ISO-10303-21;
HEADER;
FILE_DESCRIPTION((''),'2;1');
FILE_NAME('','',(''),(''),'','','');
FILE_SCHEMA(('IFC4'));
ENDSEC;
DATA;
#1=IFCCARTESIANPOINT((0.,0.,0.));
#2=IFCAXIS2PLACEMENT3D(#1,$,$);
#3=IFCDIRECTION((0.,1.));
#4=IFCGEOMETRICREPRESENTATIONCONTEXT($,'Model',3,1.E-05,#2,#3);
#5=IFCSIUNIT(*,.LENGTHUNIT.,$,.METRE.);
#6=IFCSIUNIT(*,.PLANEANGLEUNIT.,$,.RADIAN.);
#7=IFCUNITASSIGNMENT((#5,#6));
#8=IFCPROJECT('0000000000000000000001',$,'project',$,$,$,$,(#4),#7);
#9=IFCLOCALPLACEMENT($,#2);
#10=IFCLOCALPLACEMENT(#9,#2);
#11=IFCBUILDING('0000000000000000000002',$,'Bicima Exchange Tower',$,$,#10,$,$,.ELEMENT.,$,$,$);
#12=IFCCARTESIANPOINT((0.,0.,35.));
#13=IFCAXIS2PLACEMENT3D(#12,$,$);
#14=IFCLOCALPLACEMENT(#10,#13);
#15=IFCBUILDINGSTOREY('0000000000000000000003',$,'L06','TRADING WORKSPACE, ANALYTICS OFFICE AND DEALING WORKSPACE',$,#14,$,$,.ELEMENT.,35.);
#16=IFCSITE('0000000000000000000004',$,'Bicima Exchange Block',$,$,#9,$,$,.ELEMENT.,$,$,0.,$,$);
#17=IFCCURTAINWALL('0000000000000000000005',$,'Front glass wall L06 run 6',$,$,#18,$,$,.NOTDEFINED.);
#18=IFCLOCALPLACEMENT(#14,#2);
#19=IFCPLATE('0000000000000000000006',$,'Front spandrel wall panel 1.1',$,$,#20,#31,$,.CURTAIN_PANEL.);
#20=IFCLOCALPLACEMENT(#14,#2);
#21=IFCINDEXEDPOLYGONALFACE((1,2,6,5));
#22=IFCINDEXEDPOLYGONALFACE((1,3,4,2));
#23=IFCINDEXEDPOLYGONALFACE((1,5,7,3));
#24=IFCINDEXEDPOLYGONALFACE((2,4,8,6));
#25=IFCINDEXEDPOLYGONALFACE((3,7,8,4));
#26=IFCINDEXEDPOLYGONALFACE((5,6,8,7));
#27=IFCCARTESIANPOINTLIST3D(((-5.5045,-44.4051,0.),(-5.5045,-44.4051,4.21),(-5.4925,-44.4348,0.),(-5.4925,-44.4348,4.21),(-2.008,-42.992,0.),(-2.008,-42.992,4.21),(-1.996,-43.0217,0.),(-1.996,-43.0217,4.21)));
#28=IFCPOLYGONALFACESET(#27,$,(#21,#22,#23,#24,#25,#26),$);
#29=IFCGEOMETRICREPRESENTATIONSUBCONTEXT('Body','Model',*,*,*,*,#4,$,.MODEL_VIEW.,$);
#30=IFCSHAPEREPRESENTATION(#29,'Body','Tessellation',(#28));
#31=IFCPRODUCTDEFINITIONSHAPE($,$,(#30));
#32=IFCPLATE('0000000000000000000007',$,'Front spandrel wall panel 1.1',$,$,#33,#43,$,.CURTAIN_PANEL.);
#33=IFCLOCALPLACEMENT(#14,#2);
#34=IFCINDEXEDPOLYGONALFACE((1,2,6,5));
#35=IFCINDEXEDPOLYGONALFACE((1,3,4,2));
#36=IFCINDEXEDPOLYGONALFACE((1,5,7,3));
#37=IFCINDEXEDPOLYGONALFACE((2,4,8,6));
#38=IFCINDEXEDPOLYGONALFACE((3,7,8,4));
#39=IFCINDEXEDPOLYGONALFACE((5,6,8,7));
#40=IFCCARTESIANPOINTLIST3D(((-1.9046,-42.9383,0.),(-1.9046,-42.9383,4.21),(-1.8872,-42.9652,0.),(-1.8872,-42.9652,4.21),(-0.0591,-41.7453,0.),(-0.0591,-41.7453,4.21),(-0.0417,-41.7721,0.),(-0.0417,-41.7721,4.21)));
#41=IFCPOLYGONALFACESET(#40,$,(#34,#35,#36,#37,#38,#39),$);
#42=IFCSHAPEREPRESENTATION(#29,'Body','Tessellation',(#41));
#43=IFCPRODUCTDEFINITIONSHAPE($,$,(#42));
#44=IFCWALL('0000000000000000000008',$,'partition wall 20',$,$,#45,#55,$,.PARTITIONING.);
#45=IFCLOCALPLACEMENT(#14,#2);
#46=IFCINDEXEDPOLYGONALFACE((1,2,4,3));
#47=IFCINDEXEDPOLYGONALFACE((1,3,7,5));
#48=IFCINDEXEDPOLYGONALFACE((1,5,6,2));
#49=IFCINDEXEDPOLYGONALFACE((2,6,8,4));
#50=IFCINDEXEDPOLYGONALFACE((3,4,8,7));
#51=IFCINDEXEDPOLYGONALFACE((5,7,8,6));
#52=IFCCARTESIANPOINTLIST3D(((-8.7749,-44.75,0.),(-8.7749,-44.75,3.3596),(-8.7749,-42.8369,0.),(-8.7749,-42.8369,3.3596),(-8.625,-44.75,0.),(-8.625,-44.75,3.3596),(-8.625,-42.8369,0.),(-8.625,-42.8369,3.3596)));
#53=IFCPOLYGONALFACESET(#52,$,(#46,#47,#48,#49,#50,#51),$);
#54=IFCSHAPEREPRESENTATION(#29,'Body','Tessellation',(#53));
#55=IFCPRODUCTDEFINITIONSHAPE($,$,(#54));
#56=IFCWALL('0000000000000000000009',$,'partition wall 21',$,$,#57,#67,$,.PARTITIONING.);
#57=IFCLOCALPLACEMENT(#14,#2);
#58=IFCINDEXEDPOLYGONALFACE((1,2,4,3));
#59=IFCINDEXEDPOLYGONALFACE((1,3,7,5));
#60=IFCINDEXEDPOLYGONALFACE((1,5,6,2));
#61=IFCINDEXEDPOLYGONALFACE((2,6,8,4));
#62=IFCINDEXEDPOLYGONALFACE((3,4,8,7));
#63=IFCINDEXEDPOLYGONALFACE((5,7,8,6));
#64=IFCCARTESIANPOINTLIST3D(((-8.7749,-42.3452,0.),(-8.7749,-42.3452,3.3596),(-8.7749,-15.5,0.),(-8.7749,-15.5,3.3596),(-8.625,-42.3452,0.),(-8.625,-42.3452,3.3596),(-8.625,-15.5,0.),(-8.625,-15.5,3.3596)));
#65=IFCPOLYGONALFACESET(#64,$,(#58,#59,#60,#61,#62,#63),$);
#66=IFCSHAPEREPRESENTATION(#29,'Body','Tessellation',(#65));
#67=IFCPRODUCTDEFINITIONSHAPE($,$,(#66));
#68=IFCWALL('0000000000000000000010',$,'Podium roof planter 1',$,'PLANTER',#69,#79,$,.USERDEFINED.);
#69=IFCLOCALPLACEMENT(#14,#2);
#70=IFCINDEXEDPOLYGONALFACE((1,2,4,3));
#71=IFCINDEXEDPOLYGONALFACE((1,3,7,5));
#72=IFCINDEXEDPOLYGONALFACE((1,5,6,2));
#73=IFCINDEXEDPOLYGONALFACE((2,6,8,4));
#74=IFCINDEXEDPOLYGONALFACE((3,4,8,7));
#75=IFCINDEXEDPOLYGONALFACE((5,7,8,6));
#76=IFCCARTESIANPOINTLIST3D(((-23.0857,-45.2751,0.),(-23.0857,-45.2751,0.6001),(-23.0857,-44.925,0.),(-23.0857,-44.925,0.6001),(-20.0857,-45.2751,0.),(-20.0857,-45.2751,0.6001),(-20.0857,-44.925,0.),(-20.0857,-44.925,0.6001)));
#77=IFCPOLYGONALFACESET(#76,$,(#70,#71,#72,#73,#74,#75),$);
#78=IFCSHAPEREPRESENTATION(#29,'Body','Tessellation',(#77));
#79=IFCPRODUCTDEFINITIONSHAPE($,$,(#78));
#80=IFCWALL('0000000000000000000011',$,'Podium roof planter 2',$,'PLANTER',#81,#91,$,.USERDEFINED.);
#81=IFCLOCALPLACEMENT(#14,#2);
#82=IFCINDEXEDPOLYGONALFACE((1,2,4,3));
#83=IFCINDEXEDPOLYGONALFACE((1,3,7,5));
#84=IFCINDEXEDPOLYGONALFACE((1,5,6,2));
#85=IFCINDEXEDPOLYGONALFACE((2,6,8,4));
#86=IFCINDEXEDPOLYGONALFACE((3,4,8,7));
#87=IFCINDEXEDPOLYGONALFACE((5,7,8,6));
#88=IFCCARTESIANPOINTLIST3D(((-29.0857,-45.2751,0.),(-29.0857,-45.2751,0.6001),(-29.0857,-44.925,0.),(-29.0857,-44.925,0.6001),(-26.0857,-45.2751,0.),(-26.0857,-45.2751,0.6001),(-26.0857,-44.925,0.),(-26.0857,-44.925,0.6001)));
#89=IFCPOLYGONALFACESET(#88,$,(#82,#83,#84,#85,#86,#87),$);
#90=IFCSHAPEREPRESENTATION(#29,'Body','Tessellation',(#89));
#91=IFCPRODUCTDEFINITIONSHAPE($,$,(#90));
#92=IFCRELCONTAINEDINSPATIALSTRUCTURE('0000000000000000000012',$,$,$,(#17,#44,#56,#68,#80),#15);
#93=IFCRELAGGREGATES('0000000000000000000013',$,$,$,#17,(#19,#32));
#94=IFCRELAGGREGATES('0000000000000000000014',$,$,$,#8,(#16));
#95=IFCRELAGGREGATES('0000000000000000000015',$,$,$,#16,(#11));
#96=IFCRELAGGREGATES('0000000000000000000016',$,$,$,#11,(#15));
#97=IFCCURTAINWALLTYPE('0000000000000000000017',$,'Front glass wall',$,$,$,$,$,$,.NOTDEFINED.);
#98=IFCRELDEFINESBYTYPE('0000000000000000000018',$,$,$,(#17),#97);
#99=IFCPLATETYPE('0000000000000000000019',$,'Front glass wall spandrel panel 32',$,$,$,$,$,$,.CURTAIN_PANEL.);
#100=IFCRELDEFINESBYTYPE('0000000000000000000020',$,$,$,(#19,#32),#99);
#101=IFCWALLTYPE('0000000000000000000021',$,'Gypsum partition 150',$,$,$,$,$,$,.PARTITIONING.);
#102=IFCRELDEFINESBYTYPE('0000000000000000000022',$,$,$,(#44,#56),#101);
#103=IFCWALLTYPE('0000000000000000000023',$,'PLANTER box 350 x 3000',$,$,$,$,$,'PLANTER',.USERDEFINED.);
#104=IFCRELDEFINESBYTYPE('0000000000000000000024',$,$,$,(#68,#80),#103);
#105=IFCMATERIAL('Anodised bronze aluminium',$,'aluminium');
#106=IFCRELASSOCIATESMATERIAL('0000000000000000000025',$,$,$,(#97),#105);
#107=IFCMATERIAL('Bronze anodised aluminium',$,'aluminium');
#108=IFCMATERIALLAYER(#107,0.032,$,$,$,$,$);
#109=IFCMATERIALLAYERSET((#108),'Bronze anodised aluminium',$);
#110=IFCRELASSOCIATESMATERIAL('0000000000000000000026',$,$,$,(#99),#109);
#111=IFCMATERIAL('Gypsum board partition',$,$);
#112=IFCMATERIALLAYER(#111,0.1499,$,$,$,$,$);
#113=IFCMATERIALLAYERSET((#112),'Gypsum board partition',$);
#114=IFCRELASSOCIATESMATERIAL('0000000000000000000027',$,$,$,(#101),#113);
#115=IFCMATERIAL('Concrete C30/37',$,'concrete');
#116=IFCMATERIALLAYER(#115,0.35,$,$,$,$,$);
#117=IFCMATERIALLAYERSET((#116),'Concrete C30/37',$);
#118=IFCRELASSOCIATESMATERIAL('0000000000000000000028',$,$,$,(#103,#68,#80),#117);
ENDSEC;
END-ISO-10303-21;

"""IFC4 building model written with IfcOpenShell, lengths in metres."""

from ifc_helpers import new_model, si_unit, direction, frame, frame_2d, origin, origin_2d, place, context, subcontext, project, spatial, rectangle, extrude, material, layer, layer_set, layer_usage, type_object, element, aggregate, save


model = new_model("IFC4")

# Units and contexts
model_context = context("Model", 3, precision=1e-05, world=origin(), true_north=direction((0.0, 1.0)))
body_context = subcontext(model_context, "Body", "Model", "MODEL_VIEW")
ifc_project = project(units=[si_unit("LENGTHUNIT", "METRE"), si_unit("PLANEANGLEUNIT", "RADIAN")], contexts=[model_context])

# Site, building, storey
site_placement = place(None, origin())
site = spatial("IfcSite", under=ifc_project, at=site_placement, Name="Bicima Exchange Block", CompositionType="ELEMENT", RefElevation=0.0)
building_placement = place(site_placement, origin())
building = spatial("IfcBuilding", under=site, at=building_placement, Name="Bicima Exchange Tower", CompositionType="ELEMENT")
storey_placement = place(building_placement, frame((0.0, 0.0, 35.0)))
storey = spatial("IfcBuildingStorey", under=building, at=storey_placement, Name="L06", Description="TRADING WORKSPACE, ANALYTICS OFFICE AND DEALING WORKSPACE", CompositionType="ELEMENT", Elevation=35.0)

# Curtain wall
ifc_material_1 = material(Name="Anodised bronze aluminium", Category="aluminium")
curtain_wall_type = type_object("IfcCurtainWallType", Name="Front glass wall", PredefinedType="NOTDEFINED", material=ifc_material_1)
curtain_wall_placement = place(storey_placement, origin())
curtain_wall = element("IfcCurtainWall", 1, at=curtain_wall_placement, inside=storey, type_object=curtain_wall_type, Name="Front glass wall L06 run 6", PredefinedType="NOTDEFINED")

# Plates
ifc_material_2 = material(Name="Bronze anodised aluminium", Category="aluminium")
ifc_layer_1 = layer(ifc_material_2, 0.032)
ifc_layer_set_1 = layer_set([ifc_layer_1], Name="Bronze anodised aluminium")
plate_type_1 = type_object("IfcPlateType", Name="Front glass wall spandrel panel 32", PredefinedType="CURTAIN_PANEL", material=ifc_layer_set_1)
plate_1_placement = place(storey_placement, frame((-3.7502, -43.7134, 0.0), z_axis=(0.0, 0.0, 1.0), x_axis=(0.927144, 0.374705, 0.0)))
plate_1 = element("IfcPlate", 2, at=plate_1_placement, type_object=plate_type_1, Name="Front spandrel wall panel 1.1", PredefinedType="CURTAIN_PANEL", context=body_context, shape_type="SweptSolid", body=[
    extrude(rectangle(XDim=3.7712, YDim=0.032, at=origin_2d()), origin(), (0.0, 0.0, 1.0), 4.21),
])
plate_2_placement = place(storey_placement, frame((-0.9731, -42.3552, 0.0), z_axis=(0.0, 0.0, 1.0), x_axis=(0.839799, 0.542897, 0.0)))
plate_2 = element("IfcPlate", 3, at=plate_2_placement, type_object=plate_type_1, Name="Front spandrel wall panel 1.1", PredefinedType="CURTAIN_PANEL", context=body_context, shape_type="SweptSolid", body=[
    extrude(rectangle(XDim=2.1975, YDim=0.032, at=origin_2d()), origin(), (0.0, 0.0, 1.0), 4.21),
])
aggregate(curtain_wall, [plate_1, plate_2])

# Walls
ifc_material_3 = material(Name="Gypsum board partition")
ifc_layer_2 = layer(ifc_material_3, 0.1499)
ifc_layer_set_2 = layer_set([ifc_layer_2], Name="Gypsum board partition")
wall_type_1 = type_object("IfcWallType", Name="Gypsum partition 150", PredefinedType="PARTITIONING", material=ifc_layer_set_2)
wall_1_placement = place(storey_placement, frame((-8.7, -44.75, 0.0), z_axis=(0.0, 0.0, 1.0), x_axis=(0.0, 1.0, 0.0)))
element("IfcWall", 4, at=wall_1_placement, inside=storey, type_object=wall_type_1, Name="partition wall 20", PredefinedType="PARTITIONING", context=body_context, shape_type="SweptSolid", body=[
    extrude(rectangle(XDim=1.9131, YDim=0.1499, at=frame_2d((0.9565, 0.0))), origin(), (0.0, 0.0, 1.0), 3.3596),
])
wall_2_placement = place(storey_placement, frame((-8.7, -42.3452, 0.0), z_axis=(0.0, 0.0, 1.0), x_axis=(0.0, 1.0, 0.0)))
element("IfcWall", 5, at=wall_2_placement, inside=storey, type_object=wall_type_1, Name="partition wall 21", PredefinedType="PARTITIONING", context=body_context, shape_type="SweptSolid", body=[
    extrude(rectangle(XDim=26.8452, YDim=0.1499, at=frame_2d((13.4226, 0.0))), origin(), (0.0, 0.0, 1.0), 3.3596),
])
ifc_material_4 = material(Name="Concrete C30/37", Category="concrete")
ifc_layer_3 = layer(ifc_material_4, 0.35)
ifc_layer_set_3 = layer_set([ifc_layer_3], Name="Concrete C30/37")
ifc_layer_usage = layer_usage(ifc_layer_set_3, "AXIS2", "POSITIVE", -0.175)
wall_type_2 = type_object("IfcWallType", Name="PLANTER box 350 x 3000", ElementType="PLANTER", PredefinedType="USERDEFINED", material=ifc_layer_set_3)
for number, where, z_axis, x_axis, name in (
    (6, (-20.0857, -45.1001, 0.0), (0.0, 0.0, 1.0), (-1.0, 0.0, 0.0), "Podium roof planter 1"),
    (7, (-26.0857, -45.1001, 0.0), (0.0, 0.0, 1.0), (-1.0, 0.0, 0.0), "Podium roof planter 2"),
):
    element("IfcWall", number, at=place(storey_placement, frame(where, z_axis=z_axis, x_axis=x_axis)), inside=storey, type_object=wall_type_2, material=ifc_layer_usage, Name=name, ObjectType="PLANTER", PredefinedType="USERDEFINED", context=body_context, shape_type="SweptSolid", body=[
        extrude(rectangle(XDim=3.0, YDim=0.3501, at=frame_2d((1.5, 0.0))), origin(), (0.0, 0.0, 1.0), 0.6001),
    ])

save(model, "model.ifc")
